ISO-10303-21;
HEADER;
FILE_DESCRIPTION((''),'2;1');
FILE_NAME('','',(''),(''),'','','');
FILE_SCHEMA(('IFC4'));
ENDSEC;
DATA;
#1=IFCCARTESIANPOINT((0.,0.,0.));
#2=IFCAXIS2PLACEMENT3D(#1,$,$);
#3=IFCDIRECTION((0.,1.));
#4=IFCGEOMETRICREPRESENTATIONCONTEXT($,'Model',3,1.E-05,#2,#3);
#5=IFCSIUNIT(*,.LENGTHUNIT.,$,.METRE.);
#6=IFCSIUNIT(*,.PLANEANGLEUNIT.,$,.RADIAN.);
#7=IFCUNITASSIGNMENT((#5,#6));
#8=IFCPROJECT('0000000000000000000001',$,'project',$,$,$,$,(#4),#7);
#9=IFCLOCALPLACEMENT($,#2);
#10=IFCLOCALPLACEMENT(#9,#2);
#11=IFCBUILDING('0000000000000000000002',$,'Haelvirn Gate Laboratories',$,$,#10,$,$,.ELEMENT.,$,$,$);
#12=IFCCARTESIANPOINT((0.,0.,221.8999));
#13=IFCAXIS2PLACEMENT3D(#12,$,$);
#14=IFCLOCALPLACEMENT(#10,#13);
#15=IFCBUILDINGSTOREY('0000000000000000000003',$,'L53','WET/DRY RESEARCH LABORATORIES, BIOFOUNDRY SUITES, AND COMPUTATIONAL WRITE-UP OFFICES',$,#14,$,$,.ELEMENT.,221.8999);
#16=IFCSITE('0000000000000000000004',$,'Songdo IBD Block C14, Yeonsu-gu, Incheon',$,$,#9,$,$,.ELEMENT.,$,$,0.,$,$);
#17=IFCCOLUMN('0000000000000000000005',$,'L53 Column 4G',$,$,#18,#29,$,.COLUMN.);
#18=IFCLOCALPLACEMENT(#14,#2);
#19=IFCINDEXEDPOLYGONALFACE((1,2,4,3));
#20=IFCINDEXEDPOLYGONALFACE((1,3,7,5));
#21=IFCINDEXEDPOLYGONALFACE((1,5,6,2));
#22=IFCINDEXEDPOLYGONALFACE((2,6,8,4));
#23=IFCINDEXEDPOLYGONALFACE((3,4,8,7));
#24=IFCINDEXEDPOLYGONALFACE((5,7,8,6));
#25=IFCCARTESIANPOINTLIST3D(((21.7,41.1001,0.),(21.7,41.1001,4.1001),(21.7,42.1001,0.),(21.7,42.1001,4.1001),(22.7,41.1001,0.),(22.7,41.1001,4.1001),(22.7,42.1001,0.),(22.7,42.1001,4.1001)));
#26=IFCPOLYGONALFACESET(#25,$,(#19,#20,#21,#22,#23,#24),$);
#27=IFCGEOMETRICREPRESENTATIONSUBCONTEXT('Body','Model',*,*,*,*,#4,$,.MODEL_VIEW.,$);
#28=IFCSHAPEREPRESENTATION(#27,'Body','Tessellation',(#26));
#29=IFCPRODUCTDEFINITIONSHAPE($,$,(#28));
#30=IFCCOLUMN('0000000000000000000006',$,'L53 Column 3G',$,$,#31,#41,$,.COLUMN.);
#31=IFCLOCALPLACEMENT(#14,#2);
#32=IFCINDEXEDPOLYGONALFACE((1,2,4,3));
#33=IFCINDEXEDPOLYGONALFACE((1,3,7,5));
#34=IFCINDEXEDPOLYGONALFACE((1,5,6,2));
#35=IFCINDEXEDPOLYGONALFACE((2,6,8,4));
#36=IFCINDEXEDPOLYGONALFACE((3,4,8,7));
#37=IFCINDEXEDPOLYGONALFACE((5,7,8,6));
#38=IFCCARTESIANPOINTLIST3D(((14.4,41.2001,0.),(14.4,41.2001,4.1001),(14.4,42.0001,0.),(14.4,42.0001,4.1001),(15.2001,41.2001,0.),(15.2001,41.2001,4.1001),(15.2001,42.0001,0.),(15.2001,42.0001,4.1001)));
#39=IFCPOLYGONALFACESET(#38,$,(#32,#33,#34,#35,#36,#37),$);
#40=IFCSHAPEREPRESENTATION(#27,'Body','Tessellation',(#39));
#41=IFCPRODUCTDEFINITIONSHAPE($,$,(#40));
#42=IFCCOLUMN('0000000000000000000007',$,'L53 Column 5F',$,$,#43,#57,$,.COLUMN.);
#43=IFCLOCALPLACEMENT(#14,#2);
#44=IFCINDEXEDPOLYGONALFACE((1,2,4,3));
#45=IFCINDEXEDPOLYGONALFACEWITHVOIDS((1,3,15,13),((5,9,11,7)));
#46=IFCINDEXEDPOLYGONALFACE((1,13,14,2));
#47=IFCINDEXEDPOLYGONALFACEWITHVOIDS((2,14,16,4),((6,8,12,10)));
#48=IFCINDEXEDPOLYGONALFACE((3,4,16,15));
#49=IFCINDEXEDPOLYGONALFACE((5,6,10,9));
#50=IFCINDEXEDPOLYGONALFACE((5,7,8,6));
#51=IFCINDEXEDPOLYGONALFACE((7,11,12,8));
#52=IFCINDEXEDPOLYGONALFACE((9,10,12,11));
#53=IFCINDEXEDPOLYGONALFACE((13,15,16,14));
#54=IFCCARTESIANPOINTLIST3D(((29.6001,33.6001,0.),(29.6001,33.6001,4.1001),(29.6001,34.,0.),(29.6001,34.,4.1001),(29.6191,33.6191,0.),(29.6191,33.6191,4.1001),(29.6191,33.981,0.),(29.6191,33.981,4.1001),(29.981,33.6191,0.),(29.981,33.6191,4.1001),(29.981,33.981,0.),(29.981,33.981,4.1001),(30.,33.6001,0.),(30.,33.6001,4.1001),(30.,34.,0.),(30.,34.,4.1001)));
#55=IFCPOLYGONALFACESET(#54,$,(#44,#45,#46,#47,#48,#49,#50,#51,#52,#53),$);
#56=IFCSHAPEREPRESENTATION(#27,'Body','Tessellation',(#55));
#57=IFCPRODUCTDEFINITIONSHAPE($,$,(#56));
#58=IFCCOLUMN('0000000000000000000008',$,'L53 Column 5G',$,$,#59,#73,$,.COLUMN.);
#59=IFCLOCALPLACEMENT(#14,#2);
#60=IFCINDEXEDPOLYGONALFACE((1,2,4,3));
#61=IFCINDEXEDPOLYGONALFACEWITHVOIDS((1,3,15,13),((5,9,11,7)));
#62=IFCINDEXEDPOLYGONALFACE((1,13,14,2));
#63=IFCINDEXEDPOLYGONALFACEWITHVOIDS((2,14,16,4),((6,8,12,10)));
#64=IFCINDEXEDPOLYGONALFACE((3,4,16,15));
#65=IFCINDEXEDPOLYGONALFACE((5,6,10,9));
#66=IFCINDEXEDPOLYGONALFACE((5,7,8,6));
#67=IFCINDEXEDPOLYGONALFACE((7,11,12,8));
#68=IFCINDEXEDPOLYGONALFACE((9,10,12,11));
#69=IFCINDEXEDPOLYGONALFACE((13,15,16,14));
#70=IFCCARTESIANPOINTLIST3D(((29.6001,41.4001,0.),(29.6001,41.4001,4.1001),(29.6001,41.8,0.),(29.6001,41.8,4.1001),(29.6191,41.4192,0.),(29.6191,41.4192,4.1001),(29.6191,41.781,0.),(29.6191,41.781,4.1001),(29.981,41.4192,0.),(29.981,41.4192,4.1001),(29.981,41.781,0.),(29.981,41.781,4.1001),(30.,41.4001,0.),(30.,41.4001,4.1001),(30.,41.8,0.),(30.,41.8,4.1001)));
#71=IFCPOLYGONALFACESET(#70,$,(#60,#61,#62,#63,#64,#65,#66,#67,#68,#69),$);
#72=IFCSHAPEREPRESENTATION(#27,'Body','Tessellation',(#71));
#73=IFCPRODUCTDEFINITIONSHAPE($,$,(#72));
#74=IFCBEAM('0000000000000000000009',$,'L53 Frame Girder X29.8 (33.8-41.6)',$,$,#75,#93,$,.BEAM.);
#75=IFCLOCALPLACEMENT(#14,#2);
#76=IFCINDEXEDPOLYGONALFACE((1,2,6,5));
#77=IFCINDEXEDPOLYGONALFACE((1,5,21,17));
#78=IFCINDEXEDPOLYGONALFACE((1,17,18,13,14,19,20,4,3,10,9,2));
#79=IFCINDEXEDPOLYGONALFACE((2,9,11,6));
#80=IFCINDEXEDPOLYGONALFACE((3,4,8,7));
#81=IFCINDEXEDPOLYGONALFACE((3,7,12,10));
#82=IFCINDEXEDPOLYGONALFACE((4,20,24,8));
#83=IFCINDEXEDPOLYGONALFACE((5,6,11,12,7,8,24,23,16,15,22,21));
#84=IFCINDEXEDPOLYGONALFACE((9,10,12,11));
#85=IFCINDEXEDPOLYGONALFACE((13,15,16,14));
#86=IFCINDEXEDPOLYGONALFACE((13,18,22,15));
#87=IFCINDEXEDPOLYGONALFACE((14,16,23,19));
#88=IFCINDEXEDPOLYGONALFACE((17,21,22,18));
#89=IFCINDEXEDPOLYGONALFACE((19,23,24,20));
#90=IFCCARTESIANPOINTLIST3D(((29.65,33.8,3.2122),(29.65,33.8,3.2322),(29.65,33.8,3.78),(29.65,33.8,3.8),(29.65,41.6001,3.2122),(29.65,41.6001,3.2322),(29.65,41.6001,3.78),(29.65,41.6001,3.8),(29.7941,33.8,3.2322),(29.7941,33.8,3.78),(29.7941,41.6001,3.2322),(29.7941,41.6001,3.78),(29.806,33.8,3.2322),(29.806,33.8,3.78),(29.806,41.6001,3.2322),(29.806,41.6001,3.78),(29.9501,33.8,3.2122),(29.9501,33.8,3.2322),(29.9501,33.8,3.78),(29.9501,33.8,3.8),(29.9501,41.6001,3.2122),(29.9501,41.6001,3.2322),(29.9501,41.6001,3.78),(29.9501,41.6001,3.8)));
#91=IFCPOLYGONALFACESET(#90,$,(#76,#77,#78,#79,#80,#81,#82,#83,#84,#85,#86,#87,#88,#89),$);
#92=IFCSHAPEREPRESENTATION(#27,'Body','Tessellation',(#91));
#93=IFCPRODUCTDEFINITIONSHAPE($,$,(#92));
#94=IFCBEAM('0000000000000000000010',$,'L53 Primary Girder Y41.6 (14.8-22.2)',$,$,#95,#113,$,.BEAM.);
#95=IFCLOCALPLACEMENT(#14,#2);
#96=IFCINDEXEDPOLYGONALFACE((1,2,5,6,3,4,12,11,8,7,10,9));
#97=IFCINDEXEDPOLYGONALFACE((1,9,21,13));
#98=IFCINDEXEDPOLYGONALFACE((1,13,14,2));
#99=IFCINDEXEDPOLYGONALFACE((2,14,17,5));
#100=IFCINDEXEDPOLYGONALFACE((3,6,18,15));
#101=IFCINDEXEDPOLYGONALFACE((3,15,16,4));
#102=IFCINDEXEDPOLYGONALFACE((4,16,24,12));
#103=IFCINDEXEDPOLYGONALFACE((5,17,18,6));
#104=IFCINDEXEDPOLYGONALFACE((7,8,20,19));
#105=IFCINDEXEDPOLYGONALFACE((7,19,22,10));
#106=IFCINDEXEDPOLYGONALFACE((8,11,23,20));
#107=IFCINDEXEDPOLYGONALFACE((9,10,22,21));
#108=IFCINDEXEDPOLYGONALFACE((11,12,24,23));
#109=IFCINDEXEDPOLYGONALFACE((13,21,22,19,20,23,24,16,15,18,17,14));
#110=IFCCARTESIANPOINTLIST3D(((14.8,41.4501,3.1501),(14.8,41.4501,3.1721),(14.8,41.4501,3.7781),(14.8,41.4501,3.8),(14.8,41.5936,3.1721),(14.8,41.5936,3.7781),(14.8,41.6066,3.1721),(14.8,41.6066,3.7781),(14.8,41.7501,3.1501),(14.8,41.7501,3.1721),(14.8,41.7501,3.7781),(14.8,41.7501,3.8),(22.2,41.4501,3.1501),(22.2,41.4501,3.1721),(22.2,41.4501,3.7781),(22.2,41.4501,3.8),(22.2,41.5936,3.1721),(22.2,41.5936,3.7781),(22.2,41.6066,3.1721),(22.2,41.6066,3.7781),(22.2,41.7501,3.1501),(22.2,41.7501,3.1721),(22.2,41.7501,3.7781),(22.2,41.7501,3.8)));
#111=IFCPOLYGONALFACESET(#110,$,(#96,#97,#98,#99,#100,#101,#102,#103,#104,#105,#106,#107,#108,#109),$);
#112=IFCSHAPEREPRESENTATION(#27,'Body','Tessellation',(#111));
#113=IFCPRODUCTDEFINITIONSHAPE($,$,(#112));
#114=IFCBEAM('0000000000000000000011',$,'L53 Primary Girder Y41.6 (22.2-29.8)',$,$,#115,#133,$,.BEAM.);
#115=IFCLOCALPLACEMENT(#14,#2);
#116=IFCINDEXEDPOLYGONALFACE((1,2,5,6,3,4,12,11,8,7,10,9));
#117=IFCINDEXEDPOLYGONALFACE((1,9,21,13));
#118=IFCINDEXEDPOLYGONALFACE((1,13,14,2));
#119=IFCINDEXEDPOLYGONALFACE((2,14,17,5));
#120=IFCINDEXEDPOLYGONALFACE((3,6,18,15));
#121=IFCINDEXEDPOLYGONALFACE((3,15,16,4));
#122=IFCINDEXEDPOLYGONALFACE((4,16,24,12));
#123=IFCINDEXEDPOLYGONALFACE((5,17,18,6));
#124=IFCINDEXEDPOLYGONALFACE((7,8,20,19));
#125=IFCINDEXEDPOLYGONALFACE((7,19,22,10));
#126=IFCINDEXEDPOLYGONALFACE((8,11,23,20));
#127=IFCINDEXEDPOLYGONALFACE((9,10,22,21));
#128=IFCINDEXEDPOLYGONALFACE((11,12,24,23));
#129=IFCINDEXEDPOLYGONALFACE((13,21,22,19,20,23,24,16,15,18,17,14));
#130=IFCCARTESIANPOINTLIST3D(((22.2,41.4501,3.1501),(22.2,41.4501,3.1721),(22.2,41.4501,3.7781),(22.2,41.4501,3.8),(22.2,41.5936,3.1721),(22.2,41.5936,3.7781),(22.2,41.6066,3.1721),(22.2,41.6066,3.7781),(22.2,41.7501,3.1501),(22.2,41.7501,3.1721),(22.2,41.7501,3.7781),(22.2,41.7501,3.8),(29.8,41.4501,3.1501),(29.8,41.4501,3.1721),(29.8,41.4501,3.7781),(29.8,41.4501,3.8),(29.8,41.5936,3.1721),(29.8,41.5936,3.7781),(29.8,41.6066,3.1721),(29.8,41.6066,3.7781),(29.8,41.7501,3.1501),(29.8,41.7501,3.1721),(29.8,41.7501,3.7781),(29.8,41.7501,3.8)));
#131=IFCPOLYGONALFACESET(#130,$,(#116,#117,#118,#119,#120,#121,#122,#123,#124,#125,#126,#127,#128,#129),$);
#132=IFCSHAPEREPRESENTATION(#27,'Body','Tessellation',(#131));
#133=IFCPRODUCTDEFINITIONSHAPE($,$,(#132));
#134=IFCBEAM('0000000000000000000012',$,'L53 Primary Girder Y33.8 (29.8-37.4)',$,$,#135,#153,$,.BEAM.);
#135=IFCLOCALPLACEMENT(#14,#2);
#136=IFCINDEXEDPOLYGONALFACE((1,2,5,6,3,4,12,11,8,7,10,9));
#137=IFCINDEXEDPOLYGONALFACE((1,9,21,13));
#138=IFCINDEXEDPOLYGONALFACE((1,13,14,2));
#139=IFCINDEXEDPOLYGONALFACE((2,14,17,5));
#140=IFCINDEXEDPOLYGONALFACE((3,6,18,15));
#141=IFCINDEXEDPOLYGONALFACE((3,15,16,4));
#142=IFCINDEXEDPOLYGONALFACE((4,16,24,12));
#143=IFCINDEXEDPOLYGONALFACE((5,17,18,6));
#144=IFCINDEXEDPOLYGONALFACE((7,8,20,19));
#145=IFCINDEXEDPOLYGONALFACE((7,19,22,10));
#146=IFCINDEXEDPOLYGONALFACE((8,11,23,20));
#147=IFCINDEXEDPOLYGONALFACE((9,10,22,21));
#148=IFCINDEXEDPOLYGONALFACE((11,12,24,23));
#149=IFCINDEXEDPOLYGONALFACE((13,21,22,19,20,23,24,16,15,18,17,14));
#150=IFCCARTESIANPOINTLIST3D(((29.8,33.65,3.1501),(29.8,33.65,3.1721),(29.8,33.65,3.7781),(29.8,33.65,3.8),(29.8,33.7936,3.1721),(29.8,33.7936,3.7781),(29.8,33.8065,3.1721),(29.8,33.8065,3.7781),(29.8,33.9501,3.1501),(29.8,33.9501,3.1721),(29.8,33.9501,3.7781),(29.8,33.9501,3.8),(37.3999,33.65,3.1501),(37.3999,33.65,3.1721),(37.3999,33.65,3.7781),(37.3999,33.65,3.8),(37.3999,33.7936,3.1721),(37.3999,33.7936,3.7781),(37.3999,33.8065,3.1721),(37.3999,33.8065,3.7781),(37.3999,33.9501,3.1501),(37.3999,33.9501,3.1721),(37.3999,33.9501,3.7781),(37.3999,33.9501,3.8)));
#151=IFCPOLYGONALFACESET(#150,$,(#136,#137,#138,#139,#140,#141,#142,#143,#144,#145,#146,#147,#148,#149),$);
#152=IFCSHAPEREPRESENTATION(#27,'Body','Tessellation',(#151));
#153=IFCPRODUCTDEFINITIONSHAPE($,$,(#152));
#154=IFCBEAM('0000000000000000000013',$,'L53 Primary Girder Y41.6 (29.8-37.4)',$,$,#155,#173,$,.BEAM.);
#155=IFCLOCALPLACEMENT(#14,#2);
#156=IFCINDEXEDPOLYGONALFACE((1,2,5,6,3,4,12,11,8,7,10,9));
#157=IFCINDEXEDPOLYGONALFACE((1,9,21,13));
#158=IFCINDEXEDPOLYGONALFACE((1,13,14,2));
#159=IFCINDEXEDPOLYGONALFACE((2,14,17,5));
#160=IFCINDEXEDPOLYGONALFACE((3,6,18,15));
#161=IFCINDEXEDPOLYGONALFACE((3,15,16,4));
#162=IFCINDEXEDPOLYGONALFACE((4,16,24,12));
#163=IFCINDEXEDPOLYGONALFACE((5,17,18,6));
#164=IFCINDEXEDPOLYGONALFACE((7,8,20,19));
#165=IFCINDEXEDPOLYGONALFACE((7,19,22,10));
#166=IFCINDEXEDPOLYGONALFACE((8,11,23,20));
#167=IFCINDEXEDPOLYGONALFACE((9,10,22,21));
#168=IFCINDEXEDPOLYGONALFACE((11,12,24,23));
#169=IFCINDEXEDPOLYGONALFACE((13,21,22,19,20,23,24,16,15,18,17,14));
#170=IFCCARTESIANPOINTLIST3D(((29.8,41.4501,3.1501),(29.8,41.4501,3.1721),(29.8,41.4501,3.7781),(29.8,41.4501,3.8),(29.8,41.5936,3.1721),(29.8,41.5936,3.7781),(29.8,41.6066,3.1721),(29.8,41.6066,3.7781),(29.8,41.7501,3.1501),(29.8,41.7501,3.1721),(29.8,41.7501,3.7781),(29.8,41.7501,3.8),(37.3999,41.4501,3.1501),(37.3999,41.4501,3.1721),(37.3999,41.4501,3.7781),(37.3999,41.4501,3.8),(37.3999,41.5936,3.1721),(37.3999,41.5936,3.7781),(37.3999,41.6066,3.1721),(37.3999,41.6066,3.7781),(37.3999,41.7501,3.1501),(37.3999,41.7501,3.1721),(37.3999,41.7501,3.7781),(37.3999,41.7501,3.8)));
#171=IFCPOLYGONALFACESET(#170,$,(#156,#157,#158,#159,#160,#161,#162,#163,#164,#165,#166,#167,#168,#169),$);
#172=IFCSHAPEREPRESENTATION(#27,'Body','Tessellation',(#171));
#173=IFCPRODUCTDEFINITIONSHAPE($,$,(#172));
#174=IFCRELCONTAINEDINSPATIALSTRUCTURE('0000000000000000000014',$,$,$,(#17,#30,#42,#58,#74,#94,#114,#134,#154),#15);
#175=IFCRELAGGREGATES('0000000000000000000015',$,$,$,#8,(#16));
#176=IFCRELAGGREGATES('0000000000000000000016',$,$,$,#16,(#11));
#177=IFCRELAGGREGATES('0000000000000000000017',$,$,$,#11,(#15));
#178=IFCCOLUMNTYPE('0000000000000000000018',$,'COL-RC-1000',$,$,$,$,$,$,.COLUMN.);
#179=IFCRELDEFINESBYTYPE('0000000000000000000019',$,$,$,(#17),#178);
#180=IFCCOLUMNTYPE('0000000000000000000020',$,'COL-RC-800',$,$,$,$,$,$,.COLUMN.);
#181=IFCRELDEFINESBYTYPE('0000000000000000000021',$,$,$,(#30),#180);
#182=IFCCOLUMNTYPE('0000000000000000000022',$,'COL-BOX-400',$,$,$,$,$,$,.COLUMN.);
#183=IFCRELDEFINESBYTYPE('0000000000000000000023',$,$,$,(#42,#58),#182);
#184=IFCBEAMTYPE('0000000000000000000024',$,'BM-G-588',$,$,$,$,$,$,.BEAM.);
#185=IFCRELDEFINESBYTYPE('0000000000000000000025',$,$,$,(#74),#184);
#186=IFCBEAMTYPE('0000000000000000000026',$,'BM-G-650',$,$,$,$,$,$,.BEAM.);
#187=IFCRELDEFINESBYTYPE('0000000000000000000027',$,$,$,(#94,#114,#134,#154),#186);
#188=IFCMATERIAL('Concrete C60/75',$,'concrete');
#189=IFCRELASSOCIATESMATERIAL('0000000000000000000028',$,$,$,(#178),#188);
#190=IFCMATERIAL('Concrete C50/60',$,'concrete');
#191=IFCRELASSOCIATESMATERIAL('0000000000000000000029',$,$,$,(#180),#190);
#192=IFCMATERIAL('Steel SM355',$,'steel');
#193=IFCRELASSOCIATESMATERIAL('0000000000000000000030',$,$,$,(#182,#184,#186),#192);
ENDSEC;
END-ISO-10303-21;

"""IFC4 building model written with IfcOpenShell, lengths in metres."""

from ifc_helpers import new_model, si_unit, direction, frame, origin, origin_2d, place, context, subcontext, project, spatial, rectangle, hollow_rectangle, i_section, extrude, source, transform, mapped, material, material_profile, profile_set, type_object, type_shapes, element, save


model = new_model("IFC4")

# Units and contexts
model_context = context("Model", 3, precision=1e-05, world=origin(), true_north=direction((0.0, 1.0)))
body_context = subcontext(model_context, "Body", "Model", "MODEL_VIEW")
ifc_project = project(units=[si_unit("LENGTHUNIT", "METRE"), si_unit("PLANEANGLEUNIT", "RADIAN")], contexts=[model_context])

# Site, building, storey
site_placement = place(None, origin())
site = spatial("IfcSite", under=ifc_project, at=site_placement, Name="Songdo IBD Block C14, Yeonsu-gu, Incheon", CompositionType="ELEMENT", RefElevation=0.0)
building_placement = place(site_placement, origin())
building = spatial("IfcBuilding", under=site, at=building_placement, Name="Haelvirn Gate Laboratories", CompositionType="ELEMENT")
storey_placement = place(building_placement, frame((0.0, 0.0, 221.8999)))
storey = spatial("IfcBuildingStorey", under=building, at=storey_placement, Name="L53", Description="WET/DRY RESEARCH LABORATORIES, BIOFOUNDRY SUITES, AND COMPUTATIONAL WRITE-UP OFFICES", CompositionType="ELEMENT", Elevation=221.8999)

# Columns
ifc_material_1 = material(Name="Concrete C60/75", Category="concrete")
ifc_material_profile_1 = material_profile(ifc_material_1, rectangle(XDim=1.0, YDim=1.0, at=origin_2d()), Name="RC-1000x1000")
ifc_profile_set_1 = profile_set([ifc_material_profile_1], Name="Concrete C60/75")
column_type_1 = type_object("IfcColumnType", Name="COL-RC-1000", PredefinedType="COLUMN", material=ifc_profile_set_1)
shared_shape_1 = source(origin(), body_context, "Body", "SweptSolid", [
    extrude(rectangle(XDim=1.0, YDim=1.0, at=origin_2d()), origin(), (0.0, 0.0, 1.0), 4.1001),
])
type_shapes(column_type_1, [shared_shape_1])
column_1_placement = place(storey_placement, frame((22.2, 41.6001, 0.0), z_axis=(0.0, 0.0, 1.0), x_axis=(1.0, 0.0, 0.0)))
element("IfcColumn", 1, at=column_1_placement, inside=storey, type_object=column_type_1, Name="L53 Column 4G", PredefinedType="COLUMN", context=body_context, shape_type="MappedRepresentation", body=[
    mapped(shared_shape_1, transform((0.0, 0.0, 0.0), scale=1.0)),
])
ifc_material_2 = material(Name="Concrete C50/60", Category="concrete")
ifc_material_profile_2 = material_profile(ifc_material_2, rectangle(XDim=0.8, YDim=0.8, at=origin_2d()), Name="RC-800x800")
ifc_profile_set_2 = profile_set([ifc_material_profile_2], Name="Concrete C50/60")
column_type_2 = type_object("IfcColumnType", Name="COL-RC-800", PredefinedType="COLUMN", material=ifc_profile_set_2)
shared_shape_2 = source(origin(), body_context, "Body", "SweptSolid", [
    extrude(rectangle(XDim=0.8, YDim=0.8, at=origin_2d()), origin(), (0.0, 0.0, 1.0), 4.1001),
])
type_shapes(column_type_2, [shared_shape_2])
column_2_placement = place(storey_placement, frame((14.8, 41.6001, 0.0), z_axis=(0.0, 0.0, 1.0), x_axis=(1.0, 0.0, 0.0)))
element("IfcColumn", 2, at=column_2_placement, inside=storey, type_object=column_type_2, Name="L53 Column 3G", PredefinedType="COLUMN", context=body_context, shape_type="MappedRepresentation", body=[
    mapped(shared_shape_2, transform((0.0, 0.0, 0.0), scale=1.0)),
])
ifc_material_3 = material(Name="Steel SM355", Category="steel")
ifc_material_profile_3 = material_profile(ifc_material_3, hollow_rectangle(XDim=0.3999, YDim=0.3999, WallThickness=0.019, at=origin_2d()), Name="BOX-400x400x19")
ifc_profile_set_3 = profile_set([ifc_material_profile_3], Name="Steel SM355")
column_type_3 = type_object("IfcColumnType", Name="COL-BOX-400", PredefinedType="COLUMN", material=ifc_profile_set_3)
shared_shape_3 = source(origin(), body_context, "Body", "SweptSolid", [
    extrude(hollow_rectangle(XDim=0.3999, YDim=0.3999, WallThickness=0.019, at=origin_2d()), origin(), (0.0, 0.0, 1.0), 4.1001),
])
type_shapes(column_type_3, [shared_shape_3])
for number, where, z_axis, x_axis, name in (
    (3, (29.8, 33.8, 0.0), (0.0, 0.0, 1.0), (1.0, 0.0, 0.0), "L53 Column 5F"),
    (4, (29.8, 41.6001, 0.0), (0.0, 0.0, 1.0), (1.0, 0.0, 0.0), "L53 Column 5G"),
):
    element("IfcColumn", number, at=place(storey_placement, frame(where, z_axis=z_axis, x_axis=x_axis)), inside=storey, type_object=column_type_3, Name=name, PredefinedType="COLUMN", context=body_context, shape_type="MappedRepresentation", body=[
        mapped(shared_shape_3, transform((0.0, 0.0, 0.0), scale=1.0)),
    ])

# Beams
ifc_material_profile_4 = material_profile(ifc_material_3, i_section(OverallWidth=0.3, OverallDepth=0.5879, WebThickness=0.012, FlangeThickness=0.02, at=origin_2d()), Name="H-588x300x12x20")
ifc_profile_set_4 = profile_set([ifc_material_profile_4], Name="Steel SM355")
beam_type_1 = type_object("IfcBeamType", Name="BM-G-588", PredefinedType="BEAM", material=ifc_profile_set_4)
shared_shape_4 = source(origin(), body_context, "Body", "SweptSolid", [
    extrude(i_section(OverallWidth=0.3, OverallDepth=0.5879, WebThickness=0.012, FlangeThickness=0.02, at=origin_2d()), origin(), (0.0, 0.0, 1.0), 7.8),
])
type_shapes(beam_type_1, [shared_shape_4])
beam_1_placement = place(storey_placement, frame((29.8, 33.8, 3.5061), z_axis=(0.0, 1.0, 0.0), x_axis=(-1.0, 0.0, 0.0)))
element("IfcBeam", 5, at=beam_1_placement, inside=storey, type_object=beam_type_1, Name="L53 Frame Girder X29.8 (33.8-41.6)", PredefinedType="BEAM", context=body_context, shape_type="MappedRepresentation", body=[
    mapped(shared_shape_4, transform((0.0, 0.0, 0.0), scale=1.0)),
])
ifc_material_profile_5 = material_profile(ifc_material_3, i_section(OverallWidth=0.3, OverallDepth=0.6499, WebThickness=0.0129, FlangeThickness=0.022, at=origin_2d()), Name="H-650x300x13x22")
ifc_profile_set_5 = profile_set([ifc_material_profile_5], Name="Steel SM355")
beam_type_2 = type_object("IfcBeamType", Name="BM-G-650", PredefinedType="BEAM", material=ifc_profile_set_5)
shared_shape_5 = source(origin(), body_context, "Body", "SweptSolid", [
    extrude(i_section(OverallWidth=0.3, OverallDepth=0.6499, WebThickness=0.0129, FlangeThickness=0.022, at=origin_2d()), origin(), (0.0, 0.0, 1.0), 7.3999),
])
beam_2_placement = place(storey_placement, frame((14.8, 41.6001, 3.4751), z_axis=(1.0, 0.0, 0.0), x_axis=(0.0, 1.0, 0.0)))
element("IfcBeam", 6, at=beam_2_placement, inside=storey, type_object=beam_type_2, Name="L53 Primary Girder Y41.6 (14.8-22.2)", PredefinedType="BEAM", context=body_context, shape_type="MappedRepresentation", body=[
    mapped(shared_shape_5, transform((0.0, 0.0, 0.0), scale=1.0)),
])
shared_shape_6 = source(origin(), body_context, "Body", "SweptSolid", [
    extrude(i_section(OverallWidth=0.3, OverallDepth=0.6499, WebThickness=0.0129, FlangeThickness=0.022, at=origin_2d()), origin(), (0.0, 0.0, 1.0), 7.6001),
])
beam_3_placement = place(storey_placement, frame((22.2, 41.6001, 3.4751), z_axis=(1.0, 0.0, 0.0), x_axis=(0.0, 1.0, 0.0)))
element("IfcBeam", 7, at=beam_3_placement, inside=storey, type_object=beam_type_2, Name="L53 Primary Girder Y41.6 (22.2-29.8)", PredefinedType="BEAM", context=body_context, shape_type="MappedRepresentation", body=[
    mapped(shared_shape_6, transform((0.0, 0.0, 0.0), scale=1.0)),
])
shared_shape_7 = source(origin(), body_context, "Body", "SweptSolid", [
    extrude(i_section(OverallWidth=0.3, OverallDepth=0.6499, WebThickness=0.0129, FlangeThickness=0.022, at=origin_2d()), origin(), (0.0, 0.0, 1.0), 7.5999),
])
type_shapes(beam_type_2, [shared_shape_5, shared_shape_6, shared_shape_7])
for number, where, z_axis, x_axis, name in (
    (8, (29.8, 33.8, 3.4751), (1.0, 0.0, 0.0), (0.0, 1.0, 0.0), "L53 Primary Girder Y33.8 (29.8-37.4)"),
    (9, (29.8, 41.6001, 3.4751), (1.0, 0.0, 0.0), (0.0, 1.0, 0.0), "L53 Primary Girder Y41.6 (29.8-37.4)"),
):
    element("IfcBeam", number, at=place(storey_placement, frame(where, z_axis=z_axis, x_axis=x_axis)), inside=storey, type_object=beam_type_2, Name=name, PredefinedType="BEAM", context=body_context, shape_type="MappedRepresentation", body=[
        mapped(shared_shape_7, transform((0.0, 0.0, 0.0), scale=1.0)),
    ])

save(model, "model.ifc")
